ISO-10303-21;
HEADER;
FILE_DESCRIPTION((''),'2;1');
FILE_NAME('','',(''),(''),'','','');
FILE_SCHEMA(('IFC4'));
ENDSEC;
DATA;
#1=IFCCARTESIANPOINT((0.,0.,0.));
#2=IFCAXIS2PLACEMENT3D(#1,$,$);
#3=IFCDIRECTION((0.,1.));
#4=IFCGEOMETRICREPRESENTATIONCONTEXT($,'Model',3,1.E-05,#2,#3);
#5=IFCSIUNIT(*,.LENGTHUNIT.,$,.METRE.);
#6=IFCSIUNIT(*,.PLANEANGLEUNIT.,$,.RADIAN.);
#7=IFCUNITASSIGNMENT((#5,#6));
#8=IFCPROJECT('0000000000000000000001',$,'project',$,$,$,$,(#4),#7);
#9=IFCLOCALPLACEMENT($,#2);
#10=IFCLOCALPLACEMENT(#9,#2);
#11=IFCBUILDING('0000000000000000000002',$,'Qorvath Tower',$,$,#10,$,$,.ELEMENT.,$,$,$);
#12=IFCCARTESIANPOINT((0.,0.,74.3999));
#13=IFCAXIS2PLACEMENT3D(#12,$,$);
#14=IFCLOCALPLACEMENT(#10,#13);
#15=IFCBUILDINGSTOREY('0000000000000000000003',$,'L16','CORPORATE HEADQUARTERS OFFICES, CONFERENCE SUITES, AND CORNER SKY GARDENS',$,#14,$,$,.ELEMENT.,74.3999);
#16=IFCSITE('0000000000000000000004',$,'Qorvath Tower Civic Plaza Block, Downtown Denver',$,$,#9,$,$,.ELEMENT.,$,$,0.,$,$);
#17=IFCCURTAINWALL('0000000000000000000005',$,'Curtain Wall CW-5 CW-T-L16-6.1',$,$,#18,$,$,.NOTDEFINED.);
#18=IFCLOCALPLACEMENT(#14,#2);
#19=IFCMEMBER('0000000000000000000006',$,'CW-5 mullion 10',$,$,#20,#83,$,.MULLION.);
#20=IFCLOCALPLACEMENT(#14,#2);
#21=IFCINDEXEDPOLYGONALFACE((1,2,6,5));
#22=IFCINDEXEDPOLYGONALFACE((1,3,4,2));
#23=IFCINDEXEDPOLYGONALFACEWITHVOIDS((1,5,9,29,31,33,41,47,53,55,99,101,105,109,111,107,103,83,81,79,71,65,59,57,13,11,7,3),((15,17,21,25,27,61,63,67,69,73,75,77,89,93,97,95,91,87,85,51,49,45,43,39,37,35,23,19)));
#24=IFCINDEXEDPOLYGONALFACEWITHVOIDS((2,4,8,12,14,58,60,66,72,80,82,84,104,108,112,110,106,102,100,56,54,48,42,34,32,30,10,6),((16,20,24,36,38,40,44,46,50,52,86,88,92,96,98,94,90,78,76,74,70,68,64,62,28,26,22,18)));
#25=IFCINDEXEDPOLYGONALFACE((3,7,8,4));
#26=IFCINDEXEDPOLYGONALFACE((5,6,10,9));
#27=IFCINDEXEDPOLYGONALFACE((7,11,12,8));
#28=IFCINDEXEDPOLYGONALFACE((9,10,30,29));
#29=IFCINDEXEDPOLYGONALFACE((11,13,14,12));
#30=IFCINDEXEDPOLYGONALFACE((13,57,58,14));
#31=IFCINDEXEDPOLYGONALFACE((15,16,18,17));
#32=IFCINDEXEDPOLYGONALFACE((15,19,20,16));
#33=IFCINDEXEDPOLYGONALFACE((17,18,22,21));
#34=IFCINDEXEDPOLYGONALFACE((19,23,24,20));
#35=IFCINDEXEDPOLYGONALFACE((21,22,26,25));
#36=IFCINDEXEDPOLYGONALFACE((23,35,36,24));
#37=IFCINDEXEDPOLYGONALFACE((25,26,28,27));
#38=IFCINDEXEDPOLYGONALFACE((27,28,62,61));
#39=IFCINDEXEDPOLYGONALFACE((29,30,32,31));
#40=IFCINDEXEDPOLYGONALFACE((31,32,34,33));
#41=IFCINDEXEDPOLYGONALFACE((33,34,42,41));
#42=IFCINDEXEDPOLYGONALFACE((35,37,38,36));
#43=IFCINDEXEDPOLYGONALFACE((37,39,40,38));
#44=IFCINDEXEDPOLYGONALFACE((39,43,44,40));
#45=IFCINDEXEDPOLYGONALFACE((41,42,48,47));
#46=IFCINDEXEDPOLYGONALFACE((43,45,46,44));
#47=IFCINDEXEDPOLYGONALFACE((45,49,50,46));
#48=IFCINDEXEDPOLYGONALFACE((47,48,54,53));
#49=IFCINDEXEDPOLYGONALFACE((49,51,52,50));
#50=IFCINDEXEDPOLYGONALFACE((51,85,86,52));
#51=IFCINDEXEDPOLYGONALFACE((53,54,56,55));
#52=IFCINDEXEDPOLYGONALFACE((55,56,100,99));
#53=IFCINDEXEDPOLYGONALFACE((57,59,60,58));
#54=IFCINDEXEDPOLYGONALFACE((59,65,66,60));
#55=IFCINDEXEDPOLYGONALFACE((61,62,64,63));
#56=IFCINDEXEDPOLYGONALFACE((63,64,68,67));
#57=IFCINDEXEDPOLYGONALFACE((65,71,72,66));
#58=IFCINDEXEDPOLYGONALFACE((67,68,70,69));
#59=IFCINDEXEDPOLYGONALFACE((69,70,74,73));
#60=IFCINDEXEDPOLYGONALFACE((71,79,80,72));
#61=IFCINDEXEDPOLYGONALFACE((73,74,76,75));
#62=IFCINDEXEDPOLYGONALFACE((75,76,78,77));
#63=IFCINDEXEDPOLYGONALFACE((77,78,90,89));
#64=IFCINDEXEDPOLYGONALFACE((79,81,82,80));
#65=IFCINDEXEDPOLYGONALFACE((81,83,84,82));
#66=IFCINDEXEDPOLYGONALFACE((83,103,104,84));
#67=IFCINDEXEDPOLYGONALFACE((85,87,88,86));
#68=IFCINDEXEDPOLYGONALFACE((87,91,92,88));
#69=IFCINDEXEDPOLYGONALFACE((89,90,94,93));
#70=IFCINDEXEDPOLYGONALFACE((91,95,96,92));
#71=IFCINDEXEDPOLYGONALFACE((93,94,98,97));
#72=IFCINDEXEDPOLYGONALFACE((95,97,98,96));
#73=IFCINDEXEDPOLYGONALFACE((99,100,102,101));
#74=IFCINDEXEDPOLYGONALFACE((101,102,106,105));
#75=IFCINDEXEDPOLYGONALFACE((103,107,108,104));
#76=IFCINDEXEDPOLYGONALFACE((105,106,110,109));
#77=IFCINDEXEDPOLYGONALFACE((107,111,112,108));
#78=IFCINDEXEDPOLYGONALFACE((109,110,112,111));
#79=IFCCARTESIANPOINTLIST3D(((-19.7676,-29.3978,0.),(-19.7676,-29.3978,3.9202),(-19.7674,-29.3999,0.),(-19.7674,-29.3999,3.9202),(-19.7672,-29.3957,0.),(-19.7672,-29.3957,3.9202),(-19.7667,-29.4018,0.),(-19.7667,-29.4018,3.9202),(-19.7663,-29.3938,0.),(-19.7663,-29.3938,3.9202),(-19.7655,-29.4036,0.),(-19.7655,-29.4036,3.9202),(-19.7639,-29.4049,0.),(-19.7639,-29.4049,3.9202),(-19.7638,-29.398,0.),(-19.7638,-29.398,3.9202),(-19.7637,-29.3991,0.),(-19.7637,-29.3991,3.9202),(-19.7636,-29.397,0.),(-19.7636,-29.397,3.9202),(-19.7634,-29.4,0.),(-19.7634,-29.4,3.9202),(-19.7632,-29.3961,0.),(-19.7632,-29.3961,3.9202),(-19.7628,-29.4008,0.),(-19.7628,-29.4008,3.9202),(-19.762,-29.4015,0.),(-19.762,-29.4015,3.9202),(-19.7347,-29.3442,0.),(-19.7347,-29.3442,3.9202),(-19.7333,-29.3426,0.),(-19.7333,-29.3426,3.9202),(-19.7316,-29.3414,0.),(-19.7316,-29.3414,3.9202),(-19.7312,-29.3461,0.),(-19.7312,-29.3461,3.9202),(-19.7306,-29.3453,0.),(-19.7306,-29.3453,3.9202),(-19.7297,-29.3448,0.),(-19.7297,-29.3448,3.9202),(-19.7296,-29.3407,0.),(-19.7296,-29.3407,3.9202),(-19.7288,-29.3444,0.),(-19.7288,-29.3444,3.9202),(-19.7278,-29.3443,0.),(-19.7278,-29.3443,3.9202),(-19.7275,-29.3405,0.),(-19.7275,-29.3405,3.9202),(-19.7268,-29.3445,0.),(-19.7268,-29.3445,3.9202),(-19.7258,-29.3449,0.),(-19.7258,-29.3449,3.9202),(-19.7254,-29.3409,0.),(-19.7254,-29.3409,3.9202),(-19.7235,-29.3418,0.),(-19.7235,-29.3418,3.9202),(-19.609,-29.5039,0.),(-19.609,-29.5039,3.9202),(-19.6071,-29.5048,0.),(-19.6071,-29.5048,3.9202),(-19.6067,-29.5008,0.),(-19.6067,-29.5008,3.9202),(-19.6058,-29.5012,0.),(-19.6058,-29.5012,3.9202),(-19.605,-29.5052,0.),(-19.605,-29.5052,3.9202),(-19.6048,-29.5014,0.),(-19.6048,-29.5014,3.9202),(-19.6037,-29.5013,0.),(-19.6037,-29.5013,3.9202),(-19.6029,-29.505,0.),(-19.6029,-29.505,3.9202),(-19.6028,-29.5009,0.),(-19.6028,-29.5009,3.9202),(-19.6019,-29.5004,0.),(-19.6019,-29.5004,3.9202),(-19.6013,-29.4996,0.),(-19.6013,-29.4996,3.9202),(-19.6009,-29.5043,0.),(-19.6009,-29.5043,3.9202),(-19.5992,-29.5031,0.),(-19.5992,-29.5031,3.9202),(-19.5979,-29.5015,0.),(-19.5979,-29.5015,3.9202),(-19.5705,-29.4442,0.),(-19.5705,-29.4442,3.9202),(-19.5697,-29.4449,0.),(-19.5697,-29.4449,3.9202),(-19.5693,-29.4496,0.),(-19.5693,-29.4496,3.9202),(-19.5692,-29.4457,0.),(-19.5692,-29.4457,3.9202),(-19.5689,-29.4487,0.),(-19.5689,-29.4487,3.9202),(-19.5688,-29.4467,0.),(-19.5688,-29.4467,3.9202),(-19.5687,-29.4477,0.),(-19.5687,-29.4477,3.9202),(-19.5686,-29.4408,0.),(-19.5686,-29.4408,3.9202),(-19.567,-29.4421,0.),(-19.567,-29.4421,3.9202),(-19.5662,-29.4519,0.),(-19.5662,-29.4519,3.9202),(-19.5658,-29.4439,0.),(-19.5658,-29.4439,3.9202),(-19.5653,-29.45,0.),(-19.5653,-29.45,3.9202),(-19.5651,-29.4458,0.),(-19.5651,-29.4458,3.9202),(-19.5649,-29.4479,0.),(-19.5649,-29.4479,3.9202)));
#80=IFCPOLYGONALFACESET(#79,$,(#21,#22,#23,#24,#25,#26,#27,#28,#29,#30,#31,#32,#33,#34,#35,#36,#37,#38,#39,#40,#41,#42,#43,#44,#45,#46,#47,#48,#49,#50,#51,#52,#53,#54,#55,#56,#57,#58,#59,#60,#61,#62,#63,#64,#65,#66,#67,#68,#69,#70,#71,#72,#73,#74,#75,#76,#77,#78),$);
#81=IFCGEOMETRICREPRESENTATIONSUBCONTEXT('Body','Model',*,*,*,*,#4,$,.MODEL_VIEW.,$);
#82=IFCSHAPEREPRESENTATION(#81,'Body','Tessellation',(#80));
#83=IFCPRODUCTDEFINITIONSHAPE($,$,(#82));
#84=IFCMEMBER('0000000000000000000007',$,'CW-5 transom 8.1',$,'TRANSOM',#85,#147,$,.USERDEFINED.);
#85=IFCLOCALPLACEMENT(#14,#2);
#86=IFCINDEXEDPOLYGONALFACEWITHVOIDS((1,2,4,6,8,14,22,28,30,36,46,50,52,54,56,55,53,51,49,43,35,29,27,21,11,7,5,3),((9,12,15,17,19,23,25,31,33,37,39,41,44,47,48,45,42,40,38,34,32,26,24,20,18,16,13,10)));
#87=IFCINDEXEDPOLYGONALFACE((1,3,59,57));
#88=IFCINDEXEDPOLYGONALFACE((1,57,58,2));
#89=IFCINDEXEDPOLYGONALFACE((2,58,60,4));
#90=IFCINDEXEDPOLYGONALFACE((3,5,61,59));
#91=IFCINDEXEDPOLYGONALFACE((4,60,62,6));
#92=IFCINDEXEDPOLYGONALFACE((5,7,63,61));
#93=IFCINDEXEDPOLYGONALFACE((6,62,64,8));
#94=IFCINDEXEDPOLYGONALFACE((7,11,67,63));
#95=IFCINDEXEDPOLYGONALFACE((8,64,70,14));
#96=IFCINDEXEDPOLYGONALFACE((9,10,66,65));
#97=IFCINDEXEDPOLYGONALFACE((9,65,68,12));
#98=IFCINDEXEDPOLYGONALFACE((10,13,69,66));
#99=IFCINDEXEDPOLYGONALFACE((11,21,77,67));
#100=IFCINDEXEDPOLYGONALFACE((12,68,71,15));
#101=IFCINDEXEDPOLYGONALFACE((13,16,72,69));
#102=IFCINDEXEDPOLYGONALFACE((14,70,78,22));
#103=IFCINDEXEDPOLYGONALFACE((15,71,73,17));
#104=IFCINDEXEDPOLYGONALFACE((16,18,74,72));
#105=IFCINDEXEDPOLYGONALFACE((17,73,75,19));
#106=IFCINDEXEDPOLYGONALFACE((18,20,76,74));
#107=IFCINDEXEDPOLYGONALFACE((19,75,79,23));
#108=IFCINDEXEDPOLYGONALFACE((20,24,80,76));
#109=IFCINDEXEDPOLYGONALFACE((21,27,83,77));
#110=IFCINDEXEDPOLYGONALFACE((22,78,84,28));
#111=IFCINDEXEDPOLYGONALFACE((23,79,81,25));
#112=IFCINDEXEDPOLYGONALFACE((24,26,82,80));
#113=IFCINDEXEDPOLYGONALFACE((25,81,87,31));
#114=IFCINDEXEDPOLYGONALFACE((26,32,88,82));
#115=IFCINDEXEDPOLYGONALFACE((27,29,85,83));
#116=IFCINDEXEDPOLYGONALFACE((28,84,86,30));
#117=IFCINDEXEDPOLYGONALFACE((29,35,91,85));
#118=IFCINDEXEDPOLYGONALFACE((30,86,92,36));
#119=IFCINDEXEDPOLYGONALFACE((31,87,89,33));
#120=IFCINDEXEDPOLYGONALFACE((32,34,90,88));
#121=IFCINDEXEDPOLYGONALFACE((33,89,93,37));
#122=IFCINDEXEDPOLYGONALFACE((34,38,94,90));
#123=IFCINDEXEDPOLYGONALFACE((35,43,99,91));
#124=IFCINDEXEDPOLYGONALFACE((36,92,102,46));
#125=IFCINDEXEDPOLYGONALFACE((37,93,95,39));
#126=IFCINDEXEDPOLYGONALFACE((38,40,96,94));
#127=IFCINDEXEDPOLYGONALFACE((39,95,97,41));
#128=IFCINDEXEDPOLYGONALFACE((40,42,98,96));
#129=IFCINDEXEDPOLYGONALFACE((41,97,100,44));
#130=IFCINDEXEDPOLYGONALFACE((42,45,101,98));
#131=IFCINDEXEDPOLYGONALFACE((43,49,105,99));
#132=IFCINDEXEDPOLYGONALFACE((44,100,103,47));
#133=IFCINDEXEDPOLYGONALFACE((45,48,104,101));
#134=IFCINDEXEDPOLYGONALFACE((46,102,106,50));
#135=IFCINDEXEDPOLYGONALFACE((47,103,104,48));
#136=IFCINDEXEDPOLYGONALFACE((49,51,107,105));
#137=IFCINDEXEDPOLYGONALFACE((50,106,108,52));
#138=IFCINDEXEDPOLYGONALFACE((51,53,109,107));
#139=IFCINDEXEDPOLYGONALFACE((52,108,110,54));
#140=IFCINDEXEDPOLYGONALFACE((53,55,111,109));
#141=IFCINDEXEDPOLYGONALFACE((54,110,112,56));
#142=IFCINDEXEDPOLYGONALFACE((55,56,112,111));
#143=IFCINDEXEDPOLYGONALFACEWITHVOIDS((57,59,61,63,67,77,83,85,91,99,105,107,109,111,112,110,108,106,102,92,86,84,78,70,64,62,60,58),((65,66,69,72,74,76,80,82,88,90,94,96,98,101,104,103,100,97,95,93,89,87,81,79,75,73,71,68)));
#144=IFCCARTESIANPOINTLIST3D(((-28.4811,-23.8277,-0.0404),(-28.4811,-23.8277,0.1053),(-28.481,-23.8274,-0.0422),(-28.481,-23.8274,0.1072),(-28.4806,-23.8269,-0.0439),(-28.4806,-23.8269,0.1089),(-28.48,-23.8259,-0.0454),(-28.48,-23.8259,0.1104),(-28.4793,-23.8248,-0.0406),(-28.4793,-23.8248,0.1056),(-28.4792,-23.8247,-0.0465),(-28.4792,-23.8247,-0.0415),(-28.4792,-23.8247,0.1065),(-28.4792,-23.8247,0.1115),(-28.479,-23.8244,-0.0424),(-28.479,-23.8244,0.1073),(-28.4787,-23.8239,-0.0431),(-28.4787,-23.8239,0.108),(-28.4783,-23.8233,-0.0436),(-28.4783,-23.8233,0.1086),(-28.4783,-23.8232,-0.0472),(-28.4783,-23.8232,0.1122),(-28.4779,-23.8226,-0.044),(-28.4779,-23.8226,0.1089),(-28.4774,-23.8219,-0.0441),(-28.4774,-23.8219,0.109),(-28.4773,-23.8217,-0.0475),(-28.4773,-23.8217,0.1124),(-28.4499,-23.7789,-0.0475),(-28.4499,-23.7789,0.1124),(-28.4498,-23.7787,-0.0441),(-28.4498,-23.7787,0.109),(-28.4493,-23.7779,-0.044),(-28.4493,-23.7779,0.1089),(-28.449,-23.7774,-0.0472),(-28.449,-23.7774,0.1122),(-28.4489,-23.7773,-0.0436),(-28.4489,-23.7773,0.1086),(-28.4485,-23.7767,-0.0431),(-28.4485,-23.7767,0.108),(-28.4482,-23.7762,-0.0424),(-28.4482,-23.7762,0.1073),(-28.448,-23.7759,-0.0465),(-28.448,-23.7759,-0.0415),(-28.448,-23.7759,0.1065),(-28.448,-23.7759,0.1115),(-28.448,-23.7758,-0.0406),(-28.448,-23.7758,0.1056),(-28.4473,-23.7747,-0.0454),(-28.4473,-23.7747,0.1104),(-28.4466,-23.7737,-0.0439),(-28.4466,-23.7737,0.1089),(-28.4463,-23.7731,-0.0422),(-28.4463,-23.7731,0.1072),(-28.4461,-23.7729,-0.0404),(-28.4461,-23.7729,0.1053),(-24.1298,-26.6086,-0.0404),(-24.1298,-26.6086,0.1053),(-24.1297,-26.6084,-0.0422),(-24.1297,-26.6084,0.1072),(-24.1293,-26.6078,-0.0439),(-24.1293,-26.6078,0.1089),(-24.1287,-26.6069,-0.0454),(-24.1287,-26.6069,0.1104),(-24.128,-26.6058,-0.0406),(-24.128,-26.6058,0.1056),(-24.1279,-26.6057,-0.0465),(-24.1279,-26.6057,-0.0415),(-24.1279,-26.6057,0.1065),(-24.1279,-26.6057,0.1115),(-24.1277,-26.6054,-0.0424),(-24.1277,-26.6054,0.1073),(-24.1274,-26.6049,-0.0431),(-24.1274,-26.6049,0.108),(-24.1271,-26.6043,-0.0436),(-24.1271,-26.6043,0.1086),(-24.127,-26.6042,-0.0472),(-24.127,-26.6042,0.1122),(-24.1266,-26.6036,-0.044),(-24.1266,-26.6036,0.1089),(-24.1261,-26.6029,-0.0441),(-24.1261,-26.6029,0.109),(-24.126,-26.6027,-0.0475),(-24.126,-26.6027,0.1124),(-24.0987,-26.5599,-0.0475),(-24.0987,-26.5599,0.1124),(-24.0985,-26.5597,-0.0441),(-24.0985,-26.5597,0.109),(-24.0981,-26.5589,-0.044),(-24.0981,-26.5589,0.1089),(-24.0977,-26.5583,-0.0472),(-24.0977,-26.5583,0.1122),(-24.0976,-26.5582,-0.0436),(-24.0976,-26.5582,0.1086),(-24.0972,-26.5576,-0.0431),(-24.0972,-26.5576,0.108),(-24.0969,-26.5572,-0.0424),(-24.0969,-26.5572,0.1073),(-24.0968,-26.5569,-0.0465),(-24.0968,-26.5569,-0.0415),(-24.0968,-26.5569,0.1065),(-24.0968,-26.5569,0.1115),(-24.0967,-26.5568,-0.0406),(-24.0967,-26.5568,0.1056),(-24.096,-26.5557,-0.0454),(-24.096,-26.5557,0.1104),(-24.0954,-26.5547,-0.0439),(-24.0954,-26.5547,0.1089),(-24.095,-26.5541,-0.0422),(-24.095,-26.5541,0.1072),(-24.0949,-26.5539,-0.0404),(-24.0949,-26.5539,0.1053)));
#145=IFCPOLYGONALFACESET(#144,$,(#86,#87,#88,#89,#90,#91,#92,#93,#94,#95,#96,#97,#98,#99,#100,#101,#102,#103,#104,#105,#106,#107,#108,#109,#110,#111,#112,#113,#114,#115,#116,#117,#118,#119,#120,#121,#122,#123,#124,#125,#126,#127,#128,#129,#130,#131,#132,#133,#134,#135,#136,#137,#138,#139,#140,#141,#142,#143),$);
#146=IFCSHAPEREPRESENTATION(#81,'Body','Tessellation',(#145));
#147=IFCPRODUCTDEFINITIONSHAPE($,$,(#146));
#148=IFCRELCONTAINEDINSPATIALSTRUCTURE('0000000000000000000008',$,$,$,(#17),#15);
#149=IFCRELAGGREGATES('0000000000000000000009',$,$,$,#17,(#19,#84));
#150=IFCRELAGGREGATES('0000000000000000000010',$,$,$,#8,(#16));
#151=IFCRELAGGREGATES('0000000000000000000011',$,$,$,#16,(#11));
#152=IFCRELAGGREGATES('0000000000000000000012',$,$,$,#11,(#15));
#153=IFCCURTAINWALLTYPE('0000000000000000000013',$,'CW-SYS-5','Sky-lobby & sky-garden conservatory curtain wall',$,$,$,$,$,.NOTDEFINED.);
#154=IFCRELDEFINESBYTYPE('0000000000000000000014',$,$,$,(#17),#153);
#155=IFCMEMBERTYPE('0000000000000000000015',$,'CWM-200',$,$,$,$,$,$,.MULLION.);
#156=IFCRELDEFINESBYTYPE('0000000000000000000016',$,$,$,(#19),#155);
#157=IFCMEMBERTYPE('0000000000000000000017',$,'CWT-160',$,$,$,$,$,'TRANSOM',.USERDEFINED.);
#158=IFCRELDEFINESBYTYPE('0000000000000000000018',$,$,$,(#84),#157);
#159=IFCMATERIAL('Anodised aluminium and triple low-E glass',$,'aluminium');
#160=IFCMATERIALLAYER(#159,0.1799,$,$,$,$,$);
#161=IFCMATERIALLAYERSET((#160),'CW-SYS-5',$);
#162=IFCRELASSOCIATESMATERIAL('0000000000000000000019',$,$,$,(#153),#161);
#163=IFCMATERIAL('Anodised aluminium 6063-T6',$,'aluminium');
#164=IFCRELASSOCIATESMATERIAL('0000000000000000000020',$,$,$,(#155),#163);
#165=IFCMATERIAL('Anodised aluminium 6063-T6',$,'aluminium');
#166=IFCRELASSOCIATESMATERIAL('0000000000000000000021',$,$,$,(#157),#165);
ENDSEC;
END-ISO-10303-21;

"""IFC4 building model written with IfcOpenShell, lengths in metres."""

from ifc_helpers import new_model, si_unit, direction, frame, origin, origin_2d, place, context, subcontext, project, spatial, hollow_rectangle, extrude, material, layer, layer_set, material_profile, profile_set, type_object, element, aggregate, save


model = new_model("IFC4")

# Units and contexts
model_context = context("Model", 3, precision=1e-05, world=origin(), true_north=direction((0.0, 1.0)))
body_context = subcontext(model_context, "Body", "Model", "MODEL_VIEW")
ifc_project = project(units=[si_unit("LENGTHUNIT", "METRE"), si_unit("PLANEANGLEUNIT", "RADIAN")], contexts=[model_context])

# Site, building, storey
site_placement = place(None, origin())
site = spatial("IfcSite", under=ifc_project, at=site_placement, Name="Qorvath Tower Civic Plaza Block, Downtown Denver", CompositionType="ELEMENT", RefElevation=0.0)
building_placement = place(site_placement, origin())
building = spatial("IfcBuilding", under=site, at=building_placement, Name="Qorvath Tower", CompositionType="ELEMENT")
storey_placement = place(building_placement, frame((0.0, 0.0, 74.3999)))
storey = spatial("IfcBuildingStorey", under=building, at=storey_placement, Name="L16", Description="CORPORATE HEADQUARTERS OFFICES, CONFERENCE SUITES, AND CORNER SKY GARDENS", CompositionType="ELEMENT", Elevation=74.3999)

# Curtain wall, members
ifc_material_1 = material(Name="Anodised aluminium and triple low-E glass", Category="aluminium")
ifc_layer_1 = layer(ifc_material_1, 0.1799)
ifc_layer_set_1 = layer_set([ifc_layer_1], Name="CW-SYS-5")
curtain_wall_type = type_object("IfcCurtainWallType", Name="CW-SYS-5", Description="Sky-lobby & sky-garden conservatory curtain wall", PredefinedType="NOTDEFINED", material=ifc_layer_set_1)
curtain_wall_placement = place(storey_placement, origin())
curtain_wall = element("IfcCurtainWall", 1, at=curtain_wall_placement, inside=storey, type_object=curtain_wall_type, Name="Curtain Wall CW-5 CW-T-L16-6.1", PredefinedType="NOTDEFINED")
ifc_material_2 = material(Name="Anodised aluminium 6063-T6", Category="aluminium")
ifc_material_profile_1 = material_profile(ifc_material_2, hollow_rectangle(XDim=0.075, YDim=0.2, WallThickness=0.0039, InnerFilletRadius=0.0039, OuterFilletRadius=0.0081, at=origin_2d()), Name="CWM 200x75")
ifc_profile_set_1 = profile_set([ifc_material_profile_1], Name="Anodised aluminium 6063-T6")
member_type_1 = type_object("IfcMemberType", Name="CWM-200", PredefinedType="MULLION", material=ifc_profile_set_1)
member_1_placement = place(storey_placement, frame((-19.6663, -29.4229, 0.0), z_axis=(0.0, 0.0, 1.0), x_axis=(0.538533, 0.842604, 0.0)))
member_1 = element("IfcMember", 2, at=member_1_placement, type_object=member_type_1, Name="CW-5 mullion 10", PredefinedType="MULLION", context=body_context, shape_type="SweptSolid", body=[
    extrude(hollow_rectangle(XDim=0.075, YDim=0.2, WallThickness=0.0039, InnerFilletRadius=0.0039, OuterFilletRadius=0.0081, at=origin_2d()), origin(), (0.0, 0.0, 1.0), 3.9202),
])
ifc_material_3 = material(Name="Anodised aluminium 6063-T6", Category="aluminium")
ifc_material_profile_2 = material_profile(ifc_material_3, hollow_rectangle(XDim=0.0649, YDim=0.1599, WallThickness=0.0034, InnerFilletRadius=0.0034, OuterFilletRadius=0.0071, at=origin_2d()), Name="CWT 160x65")
ifc_profile_set_2 = profile_set([ifc_material_profile_2], Name="Anodised aluminium 6063-T6")
member_type_2 = type_object("IfcMemberType", Name="CWT-160", ElementType="TRANSOM", PredefinedType="USERDEFINED", material=ifc_profile_set_2)
member_2_placement = place(storey_placement, frame((-28.4636, -23.8003, 0.0325), z_axis=(0.842609, -0.538526, 0.0), x_axis=(0.538526, 0.842609, 0.0)))
member_2 = element("IfcMember", 3, at=member_2_placement, type_object=member_type_2, Name="CW-5 transom 8.1", ObjectType="TRANSOM", PredefinedType="USERDEFINED", context=body_context, shape_type="SweptSolid", body=[
    extrude(hollow_rectangle(XDim=0.0649, YDim=0.1599, WallThickness=0.0034, InnerFilletRadius=0.0034, OuterFilletRadius=0.0071, at=origin_2d()), origin(), (0.0, 0.0, 1.0), 5.1641),
])
aggregate(curtain_wall, [member_1, member_2])

save(model, "model.ifc")
